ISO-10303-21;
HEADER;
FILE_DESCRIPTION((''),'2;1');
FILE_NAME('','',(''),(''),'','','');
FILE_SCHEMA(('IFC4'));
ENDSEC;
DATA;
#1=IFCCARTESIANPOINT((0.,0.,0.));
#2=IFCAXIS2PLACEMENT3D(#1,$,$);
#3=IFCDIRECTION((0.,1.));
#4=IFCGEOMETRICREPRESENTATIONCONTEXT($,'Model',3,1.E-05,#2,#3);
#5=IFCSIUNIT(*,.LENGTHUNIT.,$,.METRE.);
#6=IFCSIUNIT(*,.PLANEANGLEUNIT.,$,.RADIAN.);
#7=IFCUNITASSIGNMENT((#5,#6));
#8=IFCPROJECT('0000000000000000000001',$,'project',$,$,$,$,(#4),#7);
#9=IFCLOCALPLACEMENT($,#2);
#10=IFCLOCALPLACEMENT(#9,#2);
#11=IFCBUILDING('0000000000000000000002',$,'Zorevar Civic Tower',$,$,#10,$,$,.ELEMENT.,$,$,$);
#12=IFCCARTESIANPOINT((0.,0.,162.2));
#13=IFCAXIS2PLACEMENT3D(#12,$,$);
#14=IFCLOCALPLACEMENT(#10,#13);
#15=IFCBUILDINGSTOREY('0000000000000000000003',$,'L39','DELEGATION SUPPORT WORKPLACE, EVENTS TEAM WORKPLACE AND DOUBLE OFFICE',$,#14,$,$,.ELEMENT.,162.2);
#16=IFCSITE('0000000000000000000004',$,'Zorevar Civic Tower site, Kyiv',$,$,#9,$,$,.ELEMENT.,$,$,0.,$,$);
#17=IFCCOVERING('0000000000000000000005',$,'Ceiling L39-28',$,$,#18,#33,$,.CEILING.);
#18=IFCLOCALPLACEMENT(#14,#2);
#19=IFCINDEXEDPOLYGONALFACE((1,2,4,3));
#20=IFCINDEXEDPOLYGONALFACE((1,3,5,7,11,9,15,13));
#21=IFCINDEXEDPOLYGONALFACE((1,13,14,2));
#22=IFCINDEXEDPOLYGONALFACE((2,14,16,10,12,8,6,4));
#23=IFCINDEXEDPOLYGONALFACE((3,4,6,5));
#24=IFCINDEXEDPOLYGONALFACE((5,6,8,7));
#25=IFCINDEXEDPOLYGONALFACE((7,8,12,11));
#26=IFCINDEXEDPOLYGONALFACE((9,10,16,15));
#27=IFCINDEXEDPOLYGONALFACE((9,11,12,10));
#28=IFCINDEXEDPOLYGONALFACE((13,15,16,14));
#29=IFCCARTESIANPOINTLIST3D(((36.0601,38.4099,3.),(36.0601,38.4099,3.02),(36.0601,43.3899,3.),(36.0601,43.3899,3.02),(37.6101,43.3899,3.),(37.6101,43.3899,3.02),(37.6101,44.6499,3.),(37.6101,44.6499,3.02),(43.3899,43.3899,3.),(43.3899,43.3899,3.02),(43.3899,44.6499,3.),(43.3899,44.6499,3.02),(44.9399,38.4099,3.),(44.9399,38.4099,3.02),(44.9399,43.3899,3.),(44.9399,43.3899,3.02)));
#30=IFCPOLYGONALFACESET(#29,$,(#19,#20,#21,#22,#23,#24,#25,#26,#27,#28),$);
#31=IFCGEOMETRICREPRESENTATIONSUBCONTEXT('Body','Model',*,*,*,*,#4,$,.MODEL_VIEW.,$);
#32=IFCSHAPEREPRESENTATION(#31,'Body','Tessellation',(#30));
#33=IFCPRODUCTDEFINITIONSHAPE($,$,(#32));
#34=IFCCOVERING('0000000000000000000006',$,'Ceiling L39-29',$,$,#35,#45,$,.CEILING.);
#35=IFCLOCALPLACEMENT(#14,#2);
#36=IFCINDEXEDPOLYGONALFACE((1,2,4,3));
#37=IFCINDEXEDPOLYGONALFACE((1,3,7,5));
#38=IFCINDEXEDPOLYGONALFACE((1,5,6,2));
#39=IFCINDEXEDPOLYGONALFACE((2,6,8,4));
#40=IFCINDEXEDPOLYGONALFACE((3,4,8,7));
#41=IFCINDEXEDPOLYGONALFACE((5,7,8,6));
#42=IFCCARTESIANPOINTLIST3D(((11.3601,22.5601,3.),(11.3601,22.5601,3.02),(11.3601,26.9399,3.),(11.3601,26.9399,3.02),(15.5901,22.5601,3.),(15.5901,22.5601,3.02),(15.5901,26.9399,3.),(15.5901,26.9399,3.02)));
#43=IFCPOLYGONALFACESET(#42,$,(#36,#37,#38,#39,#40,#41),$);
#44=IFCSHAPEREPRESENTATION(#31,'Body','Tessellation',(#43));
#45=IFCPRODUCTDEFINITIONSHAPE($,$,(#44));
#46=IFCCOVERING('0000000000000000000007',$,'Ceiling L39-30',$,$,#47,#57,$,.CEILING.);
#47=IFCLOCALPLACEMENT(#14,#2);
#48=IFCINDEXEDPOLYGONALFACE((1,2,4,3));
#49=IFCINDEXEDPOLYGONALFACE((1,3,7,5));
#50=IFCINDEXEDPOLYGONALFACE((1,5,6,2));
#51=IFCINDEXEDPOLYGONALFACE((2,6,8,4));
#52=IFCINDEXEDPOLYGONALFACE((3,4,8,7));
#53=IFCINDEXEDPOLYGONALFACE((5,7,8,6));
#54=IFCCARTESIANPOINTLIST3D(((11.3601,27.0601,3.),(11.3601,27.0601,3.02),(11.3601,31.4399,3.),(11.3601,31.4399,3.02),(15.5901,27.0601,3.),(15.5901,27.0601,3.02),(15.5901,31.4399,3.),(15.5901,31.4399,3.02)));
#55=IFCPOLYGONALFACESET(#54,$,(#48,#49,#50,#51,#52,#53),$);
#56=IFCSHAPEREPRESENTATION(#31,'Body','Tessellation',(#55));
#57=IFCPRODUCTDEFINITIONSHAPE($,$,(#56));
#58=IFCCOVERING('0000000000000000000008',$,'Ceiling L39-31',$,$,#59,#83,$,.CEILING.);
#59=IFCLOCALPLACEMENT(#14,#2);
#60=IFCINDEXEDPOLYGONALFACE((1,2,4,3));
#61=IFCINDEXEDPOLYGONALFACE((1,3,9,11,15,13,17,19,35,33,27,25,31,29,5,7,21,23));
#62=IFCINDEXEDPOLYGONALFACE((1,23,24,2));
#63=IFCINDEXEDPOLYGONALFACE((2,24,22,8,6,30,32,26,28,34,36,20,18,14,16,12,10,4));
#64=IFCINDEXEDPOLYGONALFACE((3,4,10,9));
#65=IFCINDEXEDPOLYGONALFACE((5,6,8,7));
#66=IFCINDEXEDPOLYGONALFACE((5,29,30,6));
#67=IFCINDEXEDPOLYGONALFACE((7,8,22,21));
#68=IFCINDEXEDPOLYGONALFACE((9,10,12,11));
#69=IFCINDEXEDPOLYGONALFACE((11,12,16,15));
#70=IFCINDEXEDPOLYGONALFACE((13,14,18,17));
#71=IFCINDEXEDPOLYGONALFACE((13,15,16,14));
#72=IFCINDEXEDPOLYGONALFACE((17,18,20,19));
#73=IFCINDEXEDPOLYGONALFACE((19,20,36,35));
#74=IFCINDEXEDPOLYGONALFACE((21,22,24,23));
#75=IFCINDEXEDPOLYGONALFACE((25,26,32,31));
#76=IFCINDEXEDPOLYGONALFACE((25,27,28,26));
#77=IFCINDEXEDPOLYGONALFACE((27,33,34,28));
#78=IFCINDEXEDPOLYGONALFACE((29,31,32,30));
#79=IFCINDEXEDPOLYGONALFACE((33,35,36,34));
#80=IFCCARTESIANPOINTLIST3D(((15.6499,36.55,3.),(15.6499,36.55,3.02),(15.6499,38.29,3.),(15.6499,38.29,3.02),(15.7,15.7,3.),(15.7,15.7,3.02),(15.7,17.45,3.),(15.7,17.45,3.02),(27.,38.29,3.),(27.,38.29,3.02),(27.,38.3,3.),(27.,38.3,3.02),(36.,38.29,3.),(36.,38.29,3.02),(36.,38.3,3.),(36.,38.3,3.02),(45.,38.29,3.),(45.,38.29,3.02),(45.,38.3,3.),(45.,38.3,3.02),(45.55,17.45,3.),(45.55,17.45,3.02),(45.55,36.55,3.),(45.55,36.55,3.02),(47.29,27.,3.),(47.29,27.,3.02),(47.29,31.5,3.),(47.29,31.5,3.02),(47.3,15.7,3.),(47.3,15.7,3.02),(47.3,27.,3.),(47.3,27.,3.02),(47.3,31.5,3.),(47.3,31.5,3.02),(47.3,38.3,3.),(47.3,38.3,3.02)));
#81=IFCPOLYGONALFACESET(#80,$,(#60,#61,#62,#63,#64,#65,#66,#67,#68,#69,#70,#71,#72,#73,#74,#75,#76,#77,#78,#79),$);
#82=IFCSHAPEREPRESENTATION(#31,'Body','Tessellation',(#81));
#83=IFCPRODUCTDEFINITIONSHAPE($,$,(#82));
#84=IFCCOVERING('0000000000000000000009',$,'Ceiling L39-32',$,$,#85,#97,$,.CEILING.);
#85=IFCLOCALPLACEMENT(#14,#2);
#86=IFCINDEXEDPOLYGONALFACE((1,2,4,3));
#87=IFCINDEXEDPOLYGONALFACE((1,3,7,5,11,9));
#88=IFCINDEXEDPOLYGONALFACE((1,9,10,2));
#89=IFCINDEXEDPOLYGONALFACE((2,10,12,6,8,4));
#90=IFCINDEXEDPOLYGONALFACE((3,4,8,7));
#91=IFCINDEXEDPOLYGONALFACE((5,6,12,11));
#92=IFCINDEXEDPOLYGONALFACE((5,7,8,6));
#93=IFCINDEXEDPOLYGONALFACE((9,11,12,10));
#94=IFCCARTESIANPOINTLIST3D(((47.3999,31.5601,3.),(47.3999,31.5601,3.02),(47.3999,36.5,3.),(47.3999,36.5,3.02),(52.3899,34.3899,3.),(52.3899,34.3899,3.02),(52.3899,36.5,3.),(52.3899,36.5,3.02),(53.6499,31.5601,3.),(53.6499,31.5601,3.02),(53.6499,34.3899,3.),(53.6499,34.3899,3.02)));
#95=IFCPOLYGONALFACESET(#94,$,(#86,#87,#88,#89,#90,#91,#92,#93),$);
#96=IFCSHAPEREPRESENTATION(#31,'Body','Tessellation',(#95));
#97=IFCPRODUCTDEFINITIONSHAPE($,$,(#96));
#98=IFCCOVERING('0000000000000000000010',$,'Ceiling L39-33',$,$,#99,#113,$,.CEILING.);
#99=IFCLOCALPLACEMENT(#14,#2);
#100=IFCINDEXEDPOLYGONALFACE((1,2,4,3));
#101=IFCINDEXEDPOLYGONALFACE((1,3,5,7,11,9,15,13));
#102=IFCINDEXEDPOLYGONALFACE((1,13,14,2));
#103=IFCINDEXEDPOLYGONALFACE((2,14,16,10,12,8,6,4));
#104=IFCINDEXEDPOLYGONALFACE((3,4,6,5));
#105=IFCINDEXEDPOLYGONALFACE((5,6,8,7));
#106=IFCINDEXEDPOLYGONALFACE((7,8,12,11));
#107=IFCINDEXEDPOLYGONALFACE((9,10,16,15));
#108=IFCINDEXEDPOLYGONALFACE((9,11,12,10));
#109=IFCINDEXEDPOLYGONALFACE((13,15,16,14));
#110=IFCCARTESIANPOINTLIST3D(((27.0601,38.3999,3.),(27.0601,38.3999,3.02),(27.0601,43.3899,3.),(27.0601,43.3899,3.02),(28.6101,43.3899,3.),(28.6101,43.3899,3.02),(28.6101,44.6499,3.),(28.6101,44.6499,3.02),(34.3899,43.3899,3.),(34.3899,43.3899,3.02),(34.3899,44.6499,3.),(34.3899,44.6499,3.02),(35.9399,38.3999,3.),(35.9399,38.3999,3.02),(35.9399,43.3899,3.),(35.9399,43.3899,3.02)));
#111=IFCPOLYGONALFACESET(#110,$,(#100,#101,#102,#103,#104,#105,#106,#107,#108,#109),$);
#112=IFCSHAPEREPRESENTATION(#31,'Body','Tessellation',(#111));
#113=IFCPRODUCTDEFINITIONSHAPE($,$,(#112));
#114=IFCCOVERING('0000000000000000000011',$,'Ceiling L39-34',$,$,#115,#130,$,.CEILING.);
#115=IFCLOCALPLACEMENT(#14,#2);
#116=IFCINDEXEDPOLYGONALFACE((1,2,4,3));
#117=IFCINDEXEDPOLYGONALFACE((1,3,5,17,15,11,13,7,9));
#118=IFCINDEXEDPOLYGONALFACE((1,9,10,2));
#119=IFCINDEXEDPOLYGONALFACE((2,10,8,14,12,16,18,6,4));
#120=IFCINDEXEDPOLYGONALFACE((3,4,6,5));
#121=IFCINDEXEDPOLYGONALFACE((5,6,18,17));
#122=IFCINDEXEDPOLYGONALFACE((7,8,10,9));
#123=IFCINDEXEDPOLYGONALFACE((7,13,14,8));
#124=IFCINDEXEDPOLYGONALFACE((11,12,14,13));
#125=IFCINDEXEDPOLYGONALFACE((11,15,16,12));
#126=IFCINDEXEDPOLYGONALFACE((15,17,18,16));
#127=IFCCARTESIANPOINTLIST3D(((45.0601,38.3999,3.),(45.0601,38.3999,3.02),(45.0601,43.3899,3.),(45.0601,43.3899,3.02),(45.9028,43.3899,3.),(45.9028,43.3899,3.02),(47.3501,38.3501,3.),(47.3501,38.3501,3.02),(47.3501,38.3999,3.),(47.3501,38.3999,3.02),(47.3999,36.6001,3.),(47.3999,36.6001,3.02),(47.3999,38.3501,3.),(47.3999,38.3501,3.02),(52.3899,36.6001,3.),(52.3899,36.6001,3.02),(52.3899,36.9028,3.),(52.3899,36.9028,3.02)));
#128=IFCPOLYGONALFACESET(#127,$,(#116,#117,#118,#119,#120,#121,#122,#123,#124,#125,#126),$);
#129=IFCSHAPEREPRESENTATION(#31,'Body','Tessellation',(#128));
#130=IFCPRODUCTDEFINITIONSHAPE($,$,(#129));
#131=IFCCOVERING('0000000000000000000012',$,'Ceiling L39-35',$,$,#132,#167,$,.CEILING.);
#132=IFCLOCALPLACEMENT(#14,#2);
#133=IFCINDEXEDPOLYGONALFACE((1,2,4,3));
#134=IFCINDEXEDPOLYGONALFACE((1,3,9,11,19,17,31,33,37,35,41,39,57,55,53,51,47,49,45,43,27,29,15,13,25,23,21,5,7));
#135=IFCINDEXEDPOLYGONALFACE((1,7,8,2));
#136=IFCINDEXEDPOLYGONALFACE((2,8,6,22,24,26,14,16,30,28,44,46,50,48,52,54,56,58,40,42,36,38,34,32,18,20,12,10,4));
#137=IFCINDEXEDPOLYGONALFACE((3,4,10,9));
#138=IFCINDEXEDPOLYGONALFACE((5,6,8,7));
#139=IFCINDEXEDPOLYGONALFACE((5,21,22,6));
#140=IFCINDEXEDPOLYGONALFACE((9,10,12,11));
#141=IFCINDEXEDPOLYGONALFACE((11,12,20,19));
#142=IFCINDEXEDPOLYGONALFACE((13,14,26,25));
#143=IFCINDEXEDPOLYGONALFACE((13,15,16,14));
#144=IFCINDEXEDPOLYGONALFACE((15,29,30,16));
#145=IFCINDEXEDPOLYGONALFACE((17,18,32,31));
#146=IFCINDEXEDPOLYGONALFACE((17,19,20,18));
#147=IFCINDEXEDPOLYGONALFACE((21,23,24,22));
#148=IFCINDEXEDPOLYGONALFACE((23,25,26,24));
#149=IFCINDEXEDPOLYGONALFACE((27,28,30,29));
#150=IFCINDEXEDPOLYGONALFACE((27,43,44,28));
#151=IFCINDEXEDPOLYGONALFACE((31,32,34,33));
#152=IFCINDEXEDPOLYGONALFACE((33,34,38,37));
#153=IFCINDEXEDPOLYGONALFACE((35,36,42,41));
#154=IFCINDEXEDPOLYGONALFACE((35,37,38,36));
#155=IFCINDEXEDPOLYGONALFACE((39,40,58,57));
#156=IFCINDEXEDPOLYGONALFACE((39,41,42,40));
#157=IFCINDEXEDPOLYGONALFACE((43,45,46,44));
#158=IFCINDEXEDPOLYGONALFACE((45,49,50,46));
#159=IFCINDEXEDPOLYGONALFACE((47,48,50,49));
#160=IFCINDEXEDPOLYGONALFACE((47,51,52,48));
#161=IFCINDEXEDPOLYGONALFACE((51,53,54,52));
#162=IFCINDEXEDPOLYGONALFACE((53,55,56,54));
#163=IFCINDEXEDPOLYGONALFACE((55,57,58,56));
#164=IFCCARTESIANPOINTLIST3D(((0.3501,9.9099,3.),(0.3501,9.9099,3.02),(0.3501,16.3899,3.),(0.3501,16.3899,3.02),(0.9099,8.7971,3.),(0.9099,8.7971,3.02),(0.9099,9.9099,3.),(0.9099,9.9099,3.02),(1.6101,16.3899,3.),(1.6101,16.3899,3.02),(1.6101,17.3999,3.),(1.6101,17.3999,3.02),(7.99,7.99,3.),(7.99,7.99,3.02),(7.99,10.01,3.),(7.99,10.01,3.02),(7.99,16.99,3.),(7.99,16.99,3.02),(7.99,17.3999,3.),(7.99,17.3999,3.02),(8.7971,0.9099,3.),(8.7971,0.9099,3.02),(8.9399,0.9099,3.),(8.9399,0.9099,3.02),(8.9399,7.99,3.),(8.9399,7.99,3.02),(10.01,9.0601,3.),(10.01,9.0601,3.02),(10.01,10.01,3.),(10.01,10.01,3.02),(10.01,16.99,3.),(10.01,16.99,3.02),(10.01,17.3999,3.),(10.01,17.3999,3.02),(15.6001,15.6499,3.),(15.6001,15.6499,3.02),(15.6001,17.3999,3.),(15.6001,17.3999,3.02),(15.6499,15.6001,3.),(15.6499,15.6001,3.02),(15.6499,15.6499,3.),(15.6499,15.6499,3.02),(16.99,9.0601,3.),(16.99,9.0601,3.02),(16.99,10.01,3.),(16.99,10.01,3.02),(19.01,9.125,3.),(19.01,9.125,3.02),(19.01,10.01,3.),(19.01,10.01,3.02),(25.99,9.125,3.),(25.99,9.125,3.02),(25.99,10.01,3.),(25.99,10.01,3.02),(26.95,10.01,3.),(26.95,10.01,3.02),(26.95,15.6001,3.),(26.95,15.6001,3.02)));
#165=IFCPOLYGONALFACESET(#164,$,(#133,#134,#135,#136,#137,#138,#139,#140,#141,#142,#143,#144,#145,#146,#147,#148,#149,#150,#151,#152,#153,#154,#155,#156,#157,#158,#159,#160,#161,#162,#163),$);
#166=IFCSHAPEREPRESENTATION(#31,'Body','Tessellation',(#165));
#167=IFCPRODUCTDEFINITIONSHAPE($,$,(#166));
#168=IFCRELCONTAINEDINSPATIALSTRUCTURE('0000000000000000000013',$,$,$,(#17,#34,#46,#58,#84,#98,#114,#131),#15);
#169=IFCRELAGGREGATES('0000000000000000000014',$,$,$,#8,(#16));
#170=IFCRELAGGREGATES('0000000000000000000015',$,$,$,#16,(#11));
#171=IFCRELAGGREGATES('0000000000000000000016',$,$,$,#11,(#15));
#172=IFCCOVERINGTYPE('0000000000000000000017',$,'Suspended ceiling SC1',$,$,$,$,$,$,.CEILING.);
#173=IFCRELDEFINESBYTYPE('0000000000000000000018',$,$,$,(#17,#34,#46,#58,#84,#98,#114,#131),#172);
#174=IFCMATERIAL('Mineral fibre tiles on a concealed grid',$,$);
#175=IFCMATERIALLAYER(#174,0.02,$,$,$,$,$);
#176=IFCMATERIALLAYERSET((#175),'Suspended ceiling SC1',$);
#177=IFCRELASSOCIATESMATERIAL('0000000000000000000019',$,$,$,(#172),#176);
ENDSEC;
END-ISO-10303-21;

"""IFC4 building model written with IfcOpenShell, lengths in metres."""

from ifc_helpers import new_model, si_unit, direction, frame, origin, place, context, subcontext, project, spatial, polyline, outline, extrude, material, layer, layer_set, type_object, element, save


model = new_model("IFC4")

# Units and contexts
model_context = context("Model", 3, precision=1e-05, world=origin(), true_north=direction((0.0, 1.0)))
body_context = subcontext(model_context, "Body", "Model", "MODEL_VIEW")
ifc_project = project(units=[si_unit("LENGTHUNIT", "METRE"), si_unit("PLANEANGLEUNIT", "RADIAN")], contexts=[model_context])

# Site, building, storey
site_placement = place(None, origin())
site = spatial("IfcSite", under=ifc_project, at=site_placement, Name="Zorevar Civic Tower site, Kyiv", CompositionType="ELEMENT", RefElevation=0.0)
building_placement = place(site_placement, origin())
building = spatial("IfcBuilding", under=site, at=building_placement, Name="Zorevar Civic Tower", CompositionType="ELEMENT")
storey_placement = place(building_placement, frame((0.0, 0.0, 162.2)))
storey = spatial("IfcBuildingStorey", under=building, at=storey_placement, Name="L39", Description="DELEGATION SUPPORT WORKPLACE, EVENTS TEAM WORKPLACE AND DOUBLE OFFICE", CompositionType="ELEMENT", Elevation=162.2)

# Coverings
ifc_material_1 = material(Name="Mineral fibre tiles on a concealed grid")
ifc_layer_1 = layer(ifc_material_1, 0.02)
ifc_layer_set_1 = layer_set([ifc_layer_1], Name="Suspended ceiling SC1")
covering_type_1 = type_object("IfcCoveringType", Name="Suspended ceiling SC1", PredefinedType="CEILING", material=ifc_layer_set_1)
covering_1_placement = place(storey_placement, frame((0.0, 0.0, 3.0)))
element("IfcCovering", 1, at=covering_1_placement, inside=storey, type_object=covering_type_1, Name="Ceiling L39-28", PredefinedType="CEILING", context=body_context, shape_type="SweptSolid", body=[
    extrude(outline(polyline([(37.6101, 43.3899), (37.6101, 44.6499), (43.3899, 44.6499), (43.3899, 43.3899), (44.9399, 43.3899), (44.9399, 38.4099), (36.0601, 38.4099), (36.0601, 43.3899), (37.6101, 43.3899)])), origin(), (0.0, 0.0, 1.0), 0.02),
])
covering_2_placement = place(storey_placement, frame((0.0, 0.0, 3.0)))
element("IfcCovering", 2, at=covering_2_placement, inside=storey, type_object=covering_type_1, Name="Ceiling L39-29", PredefinedType="CEILING", context=body_context, shape_type="SweptSolid", body=[
    extrude(outline(polyline([(15.5901, 26.9399), (15.5901, 22.5601), (11.3601, 22.5601), (11.3601, 26.9399), (15.5901, 26.9399)])), origin(), (0.0, 0.0, 1.0), 0.02),
])
covering_3_placement = place(storey_placement, frame((0.0, 0.0, 3.0)))
element("IfcCovering", 3, at=covering_3_placement, inside=storey, type_object=covering_type_1, Name="Ceiling L39-30", PredefinedType="CEILING", context=body_context, shape_type="SweptSolid", body=[
    extrude(outline(polyline([(11.3601, 27.0601), (11.3601, 31.4399), (15.5901, 31.4399), (15.5901, 27.0601), (11.3601, 27.0601)])), origin(), (0.0, 0.0, 1.0), 0.02),
])
covering_4_placement = place(storey_placement, frame((0.0, 0.0, 3.0)))
element("IfcCovering", 4, at=covering_4_placement, inside=storey, type_object=covering_type_1, Name="Ceiling L39-31", PredefinedType="CEILING", context=body_context, shape_type="SweptSolid", body=[
    extrude(outline(polyline([(15.6499, 38.29), (27.0, 38.29), (27.0, 38.3), (36.0, 38.3), (36.0, 38.29), (45.0, 38.29), (45.0, 38.3), (47.3, 38.3), (47.3, 31.5), (47.29, 31.5), (47.29, 27.0), (47.3, 27.0), (47.3, 15.7), (15.7, 15.7), (15.7, 17.45), (45.55, 17.45), (45.55, 36.55), (15.6499, 36.55), (15.6499, 38.29)])), origin(), (0.0, 0.0, 1.0), 0.02),
])
covering_5_placement = place(storey_placement, frame((0.0, 0.0, 3.0)))
element("IfcCovering", 5, at=covering_5_placement, inside=storey, type_object=covering_type_1, Name="Ceiling L39-32", PredefinedType="CEILING", context=body_context, shape_type="SweptSolid", body=[
    extrude(outline(polyline([(47.3999, 36.5), (52.3899, 36.5), (52.3899, 34.3899), (53.6499, 34.3899), (53.6499, 31.5601), (47.3999, 31.5601), (47.3999, 36.5)])), origin(), (0.0, 0.0, 1.0), 0.02),
])
covering_6_placement = place(storey_placement, frame((0.0, 0.0, 3.0)))
element("IfcCovering", 6, at=covering_6_placement, inside=storey, type_object=covering_type_1, Name="Ceiling L39-33", PredefinedType="CEILING", context=body_context, shape_type="SweptSolid", body=[
    extrude(outline(polyline([(35.9399, 38.3999), (27.0601, 38.3999), (27.0601, 43.3899), (28.6101, 43.3899), (28.6101, 44.6499), (34.3899, 44.6499), (34.3899, 43.3899), (35.9399, 43.3899), (35.9399, 38.3999)])), origin(), (0.0, 0.0, 1.0), 0.02),
])
covering_7_placement = place(storey_placement, frame((0.0, 0.0, 3.0)))
element("IfcCovering", 7, at=covering_7_placement, inside=storey, type_object=covering_type_1, Name="Ceiling L39-34", PredefinedType="CEILING", context=body_context, shape_type="SweptSolid", body=[
    extrude(outline(polyline([(52.3899, 36.6001), (47.3999, 36.6001), (47.3999, 38.3501), (47.3501, 38.3501), (47.3501, 38.3999), (45.0601, 38.3999), (45.0601, 43.3899), (45.9028, 43.3899), (52.3899, 36.9028), (52.3899, 36.6001)])), origin(), (0.0, 0.0, 1.0), 0.02),
])
covering_8_placement = place(storey_placement, frame((0.0, 0.0, 3.0)))
element("IfcCovering", 8, at=covering_8_placement, inside=storey, type_object=covering_type_1, Name="Ceiling L39-35", PredefinedType="CEILING", context=body_context, shape_type="SweptSolid", body=[
    extrude(outline(polyline([(1.6101, 16.3899), (1.6101, 17.3999), (7.99, 17.3999), (7.99, 16.99), (10.01, 16.99), (10.01, 17.3999), (15.6001, 17.3999), (15.6001, 15.6499), (15.6499, 15.6499), (15.6499, 15.6001), (26.95, 15.6001), (26.95, 10.01), (25.99, 10.01), (25.99, 9.125), (19.01, 9.125), (19.01, 10.01), (16.99, 10.01), (16.99, 9.0601), (10.01, 9.0601), (10.01, 10.01), (7.99, 10.01), (7.99, 7.99), (8.9399, 7.99), (8.9399, 0.9099), (8.7971, 0.9099), (0.9099, 8.7971), (0.9099, 9.9099), (0.3501, 9.9099), (0.3501, 16.3899), (1.6101, 16.3899)])), origin(), (0.0, 0.0, 1.0), 0.02),
])

save(model, "model.ifc")
